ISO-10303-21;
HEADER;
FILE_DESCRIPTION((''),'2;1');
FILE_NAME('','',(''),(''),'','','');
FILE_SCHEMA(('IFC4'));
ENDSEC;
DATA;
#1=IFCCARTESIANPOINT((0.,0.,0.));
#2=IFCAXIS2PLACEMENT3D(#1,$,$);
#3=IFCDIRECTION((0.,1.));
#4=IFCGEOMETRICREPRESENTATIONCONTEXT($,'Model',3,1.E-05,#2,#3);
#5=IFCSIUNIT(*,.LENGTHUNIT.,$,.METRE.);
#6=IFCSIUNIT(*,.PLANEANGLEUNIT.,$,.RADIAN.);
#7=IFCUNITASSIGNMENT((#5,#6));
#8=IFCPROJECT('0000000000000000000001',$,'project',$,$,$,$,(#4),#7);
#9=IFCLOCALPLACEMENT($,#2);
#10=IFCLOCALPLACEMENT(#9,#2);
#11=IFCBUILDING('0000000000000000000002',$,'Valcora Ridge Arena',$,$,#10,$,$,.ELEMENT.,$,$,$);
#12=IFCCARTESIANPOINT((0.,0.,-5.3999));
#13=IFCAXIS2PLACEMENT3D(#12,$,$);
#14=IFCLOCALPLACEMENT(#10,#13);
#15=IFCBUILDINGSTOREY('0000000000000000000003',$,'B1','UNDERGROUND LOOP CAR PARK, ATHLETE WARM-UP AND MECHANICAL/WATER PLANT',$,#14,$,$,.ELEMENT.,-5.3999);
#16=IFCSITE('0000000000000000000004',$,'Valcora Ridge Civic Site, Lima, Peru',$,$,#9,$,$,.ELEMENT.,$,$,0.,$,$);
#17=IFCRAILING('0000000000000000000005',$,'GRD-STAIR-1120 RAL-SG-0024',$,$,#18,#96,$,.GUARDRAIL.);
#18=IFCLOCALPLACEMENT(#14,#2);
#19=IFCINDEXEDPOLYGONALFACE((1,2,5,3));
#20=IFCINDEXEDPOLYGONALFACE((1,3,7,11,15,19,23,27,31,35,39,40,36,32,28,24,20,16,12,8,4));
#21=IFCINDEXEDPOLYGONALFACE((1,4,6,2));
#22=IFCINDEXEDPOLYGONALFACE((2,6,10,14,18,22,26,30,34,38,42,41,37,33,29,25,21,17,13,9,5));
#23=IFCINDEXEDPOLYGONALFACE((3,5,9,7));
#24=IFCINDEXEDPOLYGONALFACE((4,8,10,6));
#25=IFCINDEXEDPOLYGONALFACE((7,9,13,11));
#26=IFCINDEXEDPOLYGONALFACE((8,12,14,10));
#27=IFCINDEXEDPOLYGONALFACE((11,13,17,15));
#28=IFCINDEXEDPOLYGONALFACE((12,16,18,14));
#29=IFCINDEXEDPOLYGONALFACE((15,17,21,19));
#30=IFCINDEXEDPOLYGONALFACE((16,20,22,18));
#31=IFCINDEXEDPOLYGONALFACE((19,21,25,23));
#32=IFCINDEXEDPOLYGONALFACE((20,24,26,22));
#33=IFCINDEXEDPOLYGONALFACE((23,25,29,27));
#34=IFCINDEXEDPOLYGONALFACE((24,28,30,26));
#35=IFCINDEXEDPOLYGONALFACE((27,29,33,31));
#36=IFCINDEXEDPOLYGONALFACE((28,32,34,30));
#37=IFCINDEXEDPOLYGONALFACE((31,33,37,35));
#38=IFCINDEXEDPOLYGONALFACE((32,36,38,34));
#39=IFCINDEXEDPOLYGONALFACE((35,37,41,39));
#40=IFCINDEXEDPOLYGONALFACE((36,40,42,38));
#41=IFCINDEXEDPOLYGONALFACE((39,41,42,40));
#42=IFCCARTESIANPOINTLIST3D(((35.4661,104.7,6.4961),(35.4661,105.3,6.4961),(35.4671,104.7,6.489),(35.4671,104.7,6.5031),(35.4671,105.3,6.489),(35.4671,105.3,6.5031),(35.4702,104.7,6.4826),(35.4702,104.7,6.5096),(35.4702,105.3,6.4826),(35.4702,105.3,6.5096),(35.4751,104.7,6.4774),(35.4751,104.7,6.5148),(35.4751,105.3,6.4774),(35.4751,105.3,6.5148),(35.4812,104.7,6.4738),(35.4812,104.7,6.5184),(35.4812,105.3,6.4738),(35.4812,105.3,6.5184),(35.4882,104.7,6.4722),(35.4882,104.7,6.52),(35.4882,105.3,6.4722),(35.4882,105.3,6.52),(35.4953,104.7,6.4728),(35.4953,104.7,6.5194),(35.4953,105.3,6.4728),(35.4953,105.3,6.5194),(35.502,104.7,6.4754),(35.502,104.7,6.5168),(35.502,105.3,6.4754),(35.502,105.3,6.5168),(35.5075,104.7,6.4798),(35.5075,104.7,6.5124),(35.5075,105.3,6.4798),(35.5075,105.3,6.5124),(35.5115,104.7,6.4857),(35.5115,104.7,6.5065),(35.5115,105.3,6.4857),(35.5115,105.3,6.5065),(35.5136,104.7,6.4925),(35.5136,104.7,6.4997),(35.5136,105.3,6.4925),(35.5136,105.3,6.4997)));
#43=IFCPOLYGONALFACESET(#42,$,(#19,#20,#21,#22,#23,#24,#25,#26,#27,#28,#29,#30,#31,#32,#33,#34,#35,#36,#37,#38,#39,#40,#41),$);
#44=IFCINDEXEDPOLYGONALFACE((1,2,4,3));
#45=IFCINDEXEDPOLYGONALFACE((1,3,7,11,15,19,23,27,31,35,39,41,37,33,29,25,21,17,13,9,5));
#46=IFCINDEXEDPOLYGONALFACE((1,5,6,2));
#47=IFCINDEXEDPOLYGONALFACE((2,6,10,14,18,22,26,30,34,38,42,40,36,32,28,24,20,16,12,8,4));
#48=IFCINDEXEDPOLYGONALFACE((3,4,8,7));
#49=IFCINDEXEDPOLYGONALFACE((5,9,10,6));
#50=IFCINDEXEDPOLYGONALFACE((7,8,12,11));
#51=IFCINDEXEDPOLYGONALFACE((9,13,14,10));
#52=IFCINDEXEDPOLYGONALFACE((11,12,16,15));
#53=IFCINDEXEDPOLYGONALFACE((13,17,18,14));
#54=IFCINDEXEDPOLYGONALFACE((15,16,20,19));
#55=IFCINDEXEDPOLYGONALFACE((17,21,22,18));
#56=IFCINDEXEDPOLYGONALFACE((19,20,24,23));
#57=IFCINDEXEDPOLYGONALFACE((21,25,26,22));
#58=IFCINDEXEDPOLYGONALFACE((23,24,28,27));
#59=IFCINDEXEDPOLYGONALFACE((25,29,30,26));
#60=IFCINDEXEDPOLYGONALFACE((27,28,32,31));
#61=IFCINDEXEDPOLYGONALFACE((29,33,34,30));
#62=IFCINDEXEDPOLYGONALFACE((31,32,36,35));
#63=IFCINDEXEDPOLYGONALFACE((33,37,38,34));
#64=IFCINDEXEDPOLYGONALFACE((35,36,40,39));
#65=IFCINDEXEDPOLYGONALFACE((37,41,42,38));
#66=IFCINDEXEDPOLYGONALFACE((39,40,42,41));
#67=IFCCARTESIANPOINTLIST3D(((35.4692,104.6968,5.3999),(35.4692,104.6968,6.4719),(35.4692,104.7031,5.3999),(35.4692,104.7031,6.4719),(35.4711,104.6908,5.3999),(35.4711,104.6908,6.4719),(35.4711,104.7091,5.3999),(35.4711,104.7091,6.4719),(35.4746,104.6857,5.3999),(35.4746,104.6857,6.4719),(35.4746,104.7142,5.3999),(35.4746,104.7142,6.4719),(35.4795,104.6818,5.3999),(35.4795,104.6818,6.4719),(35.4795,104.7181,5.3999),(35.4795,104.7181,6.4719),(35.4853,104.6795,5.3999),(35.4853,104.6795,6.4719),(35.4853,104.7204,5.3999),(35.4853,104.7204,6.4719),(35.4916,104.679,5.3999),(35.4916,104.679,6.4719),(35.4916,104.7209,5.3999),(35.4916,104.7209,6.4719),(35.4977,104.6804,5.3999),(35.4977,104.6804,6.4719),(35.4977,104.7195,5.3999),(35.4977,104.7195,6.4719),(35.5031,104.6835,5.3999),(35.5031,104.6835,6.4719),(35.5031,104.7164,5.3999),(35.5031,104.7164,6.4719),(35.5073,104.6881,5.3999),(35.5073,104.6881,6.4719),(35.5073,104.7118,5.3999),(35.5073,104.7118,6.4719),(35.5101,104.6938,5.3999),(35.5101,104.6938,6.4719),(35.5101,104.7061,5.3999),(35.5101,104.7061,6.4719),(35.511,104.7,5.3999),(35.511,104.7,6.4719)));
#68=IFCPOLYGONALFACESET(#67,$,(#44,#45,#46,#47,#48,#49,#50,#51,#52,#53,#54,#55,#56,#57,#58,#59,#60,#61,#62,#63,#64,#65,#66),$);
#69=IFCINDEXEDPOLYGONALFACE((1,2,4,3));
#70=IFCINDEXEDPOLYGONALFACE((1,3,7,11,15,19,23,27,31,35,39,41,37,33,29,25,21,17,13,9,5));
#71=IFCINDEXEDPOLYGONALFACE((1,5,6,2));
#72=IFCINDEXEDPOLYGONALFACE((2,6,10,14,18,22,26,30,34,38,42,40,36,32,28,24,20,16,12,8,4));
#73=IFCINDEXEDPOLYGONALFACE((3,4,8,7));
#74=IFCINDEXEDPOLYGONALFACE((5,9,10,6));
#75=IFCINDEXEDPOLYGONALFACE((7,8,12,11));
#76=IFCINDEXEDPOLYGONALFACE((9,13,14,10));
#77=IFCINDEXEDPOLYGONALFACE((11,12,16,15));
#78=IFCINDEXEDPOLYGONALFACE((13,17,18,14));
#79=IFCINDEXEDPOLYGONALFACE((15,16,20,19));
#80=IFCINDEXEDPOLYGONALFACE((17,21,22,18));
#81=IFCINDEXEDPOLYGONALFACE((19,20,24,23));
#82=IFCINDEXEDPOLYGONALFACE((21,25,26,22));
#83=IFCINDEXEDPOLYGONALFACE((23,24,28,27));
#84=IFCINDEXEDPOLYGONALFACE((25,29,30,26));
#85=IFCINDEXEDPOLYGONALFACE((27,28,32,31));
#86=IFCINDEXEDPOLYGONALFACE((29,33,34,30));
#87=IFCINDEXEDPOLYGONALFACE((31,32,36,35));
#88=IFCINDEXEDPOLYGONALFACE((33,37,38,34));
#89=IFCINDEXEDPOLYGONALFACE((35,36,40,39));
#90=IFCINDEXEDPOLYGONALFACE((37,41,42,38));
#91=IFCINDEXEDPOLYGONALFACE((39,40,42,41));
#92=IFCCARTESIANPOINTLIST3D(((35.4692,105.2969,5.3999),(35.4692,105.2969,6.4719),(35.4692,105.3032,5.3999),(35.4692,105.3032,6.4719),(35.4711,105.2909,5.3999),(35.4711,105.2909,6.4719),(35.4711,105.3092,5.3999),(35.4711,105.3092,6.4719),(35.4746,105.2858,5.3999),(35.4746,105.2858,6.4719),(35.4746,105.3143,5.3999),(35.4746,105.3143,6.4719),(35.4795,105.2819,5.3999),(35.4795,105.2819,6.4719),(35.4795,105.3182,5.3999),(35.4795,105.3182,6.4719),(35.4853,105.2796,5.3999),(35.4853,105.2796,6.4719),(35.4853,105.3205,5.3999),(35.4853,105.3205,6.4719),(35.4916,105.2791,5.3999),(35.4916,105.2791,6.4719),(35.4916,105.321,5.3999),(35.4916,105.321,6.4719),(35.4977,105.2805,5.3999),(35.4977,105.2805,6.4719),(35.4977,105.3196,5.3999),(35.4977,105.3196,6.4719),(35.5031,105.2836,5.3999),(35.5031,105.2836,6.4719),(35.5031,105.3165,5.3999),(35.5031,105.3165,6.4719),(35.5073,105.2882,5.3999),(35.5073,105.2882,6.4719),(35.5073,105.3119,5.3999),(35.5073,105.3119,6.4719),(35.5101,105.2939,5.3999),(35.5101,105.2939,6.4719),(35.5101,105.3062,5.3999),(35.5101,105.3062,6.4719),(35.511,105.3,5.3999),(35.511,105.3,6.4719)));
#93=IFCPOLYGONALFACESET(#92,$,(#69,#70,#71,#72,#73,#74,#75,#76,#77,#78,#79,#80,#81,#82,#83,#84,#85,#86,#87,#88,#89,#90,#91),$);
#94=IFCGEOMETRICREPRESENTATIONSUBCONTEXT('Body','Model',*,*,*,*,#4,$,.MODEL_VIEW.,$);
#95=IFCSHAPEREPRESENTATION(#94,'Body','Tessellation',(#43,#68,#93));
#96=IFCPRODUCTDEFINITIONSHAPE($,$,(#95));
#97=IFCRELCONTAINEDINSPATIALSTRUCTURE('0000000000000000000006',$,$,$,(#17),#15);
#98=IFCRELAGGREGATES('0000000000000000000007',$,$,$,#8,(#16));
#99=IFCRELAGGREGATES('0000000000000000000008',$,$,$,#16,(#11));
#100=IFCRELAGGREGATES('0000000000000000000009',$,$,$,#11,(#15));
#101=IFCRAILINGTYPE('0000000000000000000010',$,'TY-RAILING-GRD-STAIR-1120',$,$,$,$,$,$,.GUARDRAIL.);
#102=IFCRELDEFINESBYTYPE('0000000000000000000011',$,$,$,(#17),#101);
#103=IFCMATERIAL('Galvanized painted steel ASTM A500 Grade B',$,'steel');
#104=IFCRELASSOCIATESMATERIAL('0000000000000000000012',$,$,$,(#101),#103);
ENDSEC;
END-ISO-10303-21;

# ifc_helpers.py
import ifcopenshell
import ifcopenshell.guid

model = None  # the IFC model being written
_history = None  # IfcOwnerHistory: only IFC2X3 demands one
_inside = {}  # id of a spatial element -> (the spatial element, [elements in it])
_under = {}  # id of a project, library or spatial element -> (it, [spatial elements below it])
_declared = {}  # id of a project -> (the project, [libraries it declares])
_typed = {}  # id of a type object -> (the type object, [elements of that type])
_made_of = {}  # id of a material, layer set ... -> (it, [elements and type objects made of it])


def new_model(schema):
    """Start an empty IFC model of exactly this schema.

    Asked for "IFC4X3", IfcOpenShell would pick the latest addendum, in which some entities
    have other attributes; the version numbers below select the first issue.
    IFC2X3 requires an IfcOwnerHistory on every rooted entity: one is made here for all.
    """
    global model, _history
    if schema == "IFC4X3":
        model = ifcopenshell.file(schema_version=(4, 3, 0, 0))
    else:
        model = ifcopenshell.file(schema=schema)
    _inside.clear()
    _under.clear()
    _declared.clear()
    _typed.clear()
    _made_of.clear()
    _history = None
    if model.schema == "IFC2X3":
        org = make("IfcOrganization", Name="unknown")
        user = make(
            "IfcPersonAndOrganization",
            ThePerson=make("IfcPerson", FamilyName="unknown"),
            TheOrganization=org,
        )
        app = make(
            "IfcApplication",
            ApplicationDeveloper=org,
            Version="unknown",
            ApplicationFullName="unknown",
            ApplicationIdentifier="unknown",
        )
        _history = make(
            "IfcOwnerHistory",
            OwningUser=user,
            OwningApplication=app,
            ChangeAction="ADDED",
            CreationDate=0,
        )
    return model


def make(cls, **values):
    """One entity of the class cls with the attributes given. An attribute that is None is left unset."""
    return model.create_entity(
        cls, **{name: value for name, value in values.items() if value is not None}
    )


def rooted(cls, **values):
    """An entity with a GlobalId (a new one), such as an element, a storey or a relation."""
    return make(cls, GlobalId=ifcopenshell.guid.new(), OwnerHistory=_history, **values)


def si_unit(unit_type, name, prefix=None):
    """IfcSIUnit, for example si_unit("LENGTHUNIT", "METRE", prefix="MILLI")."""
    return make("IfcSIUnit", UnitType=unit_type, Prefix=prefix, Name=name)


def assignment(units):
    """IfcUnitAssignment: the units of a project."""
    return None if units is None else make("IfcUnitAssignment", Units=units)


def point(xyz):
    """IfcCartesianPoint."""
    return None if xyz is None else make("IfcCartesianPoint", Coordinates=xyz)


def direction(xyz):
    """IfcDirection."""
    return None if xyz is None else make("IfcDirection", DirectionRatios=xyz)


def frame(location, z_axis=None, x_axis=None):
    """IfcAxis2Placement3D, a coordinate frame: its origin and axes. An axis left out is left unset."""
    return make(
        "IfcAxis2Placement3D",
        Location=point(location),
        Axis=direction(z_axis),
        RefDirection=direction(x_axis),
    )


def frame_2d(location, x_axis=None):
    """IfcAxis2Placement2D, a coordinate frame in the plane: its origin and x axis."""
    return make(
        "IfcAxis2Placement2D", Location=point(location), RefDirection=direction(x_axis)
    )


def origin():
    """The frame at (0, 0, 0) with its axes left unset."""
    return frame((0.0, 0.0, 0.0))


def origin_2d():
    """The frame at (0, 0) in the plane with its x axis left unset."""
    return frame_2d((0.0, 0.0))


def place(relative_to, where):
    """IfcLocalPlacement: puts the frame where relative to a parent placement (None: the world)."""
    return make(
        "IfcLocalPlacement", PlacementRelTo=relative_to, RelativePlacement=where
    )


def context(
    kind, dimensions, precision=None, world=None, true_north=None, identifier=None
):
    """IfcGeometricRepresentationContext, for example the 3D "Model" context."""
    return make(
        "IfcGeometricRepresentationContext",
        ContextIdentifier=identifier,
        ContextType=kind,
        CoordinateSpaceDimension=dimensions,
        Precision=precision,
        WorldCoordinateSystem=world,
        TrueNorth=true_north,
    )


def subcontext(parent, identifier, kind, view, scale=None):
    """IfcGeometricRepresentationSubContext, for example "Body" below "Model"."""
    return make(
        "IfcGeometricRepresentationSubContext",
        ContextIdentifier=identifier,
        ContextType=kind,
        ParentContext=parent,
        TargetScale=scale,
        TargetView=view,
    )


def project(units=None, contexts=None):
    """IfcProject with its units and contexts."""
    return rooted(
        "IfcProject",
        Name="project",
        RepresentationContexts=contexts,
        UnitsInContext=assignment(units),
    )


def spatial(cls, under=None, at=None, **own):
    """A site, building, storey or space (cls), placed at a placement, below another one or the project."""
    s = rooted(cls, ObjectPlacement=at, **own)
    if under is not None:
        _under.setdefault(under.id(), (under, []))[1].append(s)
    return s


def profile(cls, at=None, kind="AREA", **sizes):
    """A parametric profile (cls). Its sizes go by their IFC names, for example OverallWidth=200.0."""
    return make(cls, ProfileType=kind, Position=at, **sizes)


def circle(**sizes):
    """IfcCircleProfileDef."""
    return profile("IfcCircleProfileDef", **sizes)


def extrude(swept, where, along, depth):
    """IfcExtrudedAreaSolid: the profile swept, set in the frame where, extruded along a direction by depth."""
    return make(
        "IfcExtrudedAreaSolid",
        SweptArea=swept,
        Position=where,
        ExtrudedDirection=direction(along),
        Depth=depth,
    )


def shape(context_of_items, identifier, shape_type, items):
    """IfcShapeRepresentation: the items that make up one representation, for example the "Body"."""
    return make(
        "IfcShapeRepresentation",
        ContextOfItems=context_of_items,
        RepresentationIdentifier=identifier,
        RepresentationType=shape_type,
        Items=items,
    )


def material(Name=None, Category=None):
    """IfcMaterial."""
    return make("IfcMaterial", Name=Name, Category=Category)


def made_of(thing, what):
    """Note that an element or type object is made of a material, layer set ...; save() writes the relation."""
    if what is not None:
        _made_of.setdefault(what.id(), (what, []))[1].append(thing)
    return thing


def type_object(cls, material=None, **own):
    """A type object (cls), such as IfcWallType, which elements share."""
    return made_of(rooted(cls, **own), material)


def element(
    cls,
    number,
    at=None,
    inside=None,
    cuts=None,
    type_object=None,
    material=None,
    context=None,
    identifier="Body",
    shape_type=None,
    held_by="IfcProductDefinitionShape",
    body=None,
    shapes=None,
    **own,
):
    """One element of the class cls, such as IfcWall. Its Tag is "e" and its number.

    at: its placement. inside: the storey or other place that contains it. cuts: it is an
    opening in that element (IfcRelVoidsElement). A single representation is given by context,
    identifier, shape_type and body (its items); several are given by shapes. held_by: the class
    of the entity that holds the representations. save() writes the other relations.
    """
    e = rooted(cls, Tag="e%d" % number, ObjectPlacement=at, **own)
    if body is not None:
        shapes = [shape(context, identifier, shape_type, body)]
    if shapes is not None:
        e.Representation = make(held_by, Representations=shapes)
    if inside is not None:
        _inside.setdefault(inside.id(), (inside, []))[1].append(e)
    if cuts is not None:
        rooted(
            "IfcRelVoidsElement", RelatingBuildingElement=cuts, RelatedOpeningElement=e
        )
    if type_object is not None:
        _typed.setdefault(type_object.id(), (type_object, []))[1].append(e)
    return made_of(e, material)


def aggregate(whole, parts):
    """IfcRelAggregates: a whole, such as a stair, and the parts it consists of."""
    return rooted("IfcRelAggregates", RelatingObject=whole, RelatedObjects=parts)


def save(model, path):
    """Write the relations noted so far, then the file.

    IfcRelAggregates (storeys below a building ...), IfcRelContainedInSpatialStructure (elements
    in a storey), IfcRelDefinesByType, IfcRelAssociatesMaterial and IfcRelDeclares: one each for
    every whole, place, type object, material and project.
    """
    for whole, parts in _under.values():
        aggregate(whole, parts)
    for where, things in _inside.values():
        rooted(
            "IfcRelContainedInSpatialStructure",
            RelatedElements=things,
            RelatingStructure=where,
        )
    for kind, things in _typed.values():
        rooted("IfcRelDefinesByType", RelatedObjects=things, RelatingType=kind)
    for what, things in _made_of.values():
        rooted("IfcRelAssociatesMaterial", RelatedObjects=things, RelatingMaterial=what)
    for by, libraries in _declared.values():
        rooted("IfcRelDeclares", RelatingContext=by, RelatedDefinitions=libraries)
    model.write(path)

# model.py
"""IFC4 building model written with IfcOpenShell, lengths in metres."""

from ifc_helpers import new_model, si_unit, direction, frame, origin, origin_2d, place, context, subcontext, project, spatial, circle, extrude, material, type_object, element, save


model = new_model("IFC4")

# Units and contexts
model_context = context("Model", 3, precision=1e-05, world=origin(), true_north=direction((0.0, 1.0)))
body_context = subcontext(model_context, "Body", "Model", "MODEL_VIEW")
ifc_project = project(units=[si_unit("LENGTHUNIT", "METRE"), si_unit("PLANEANGLEUNIT", "RADIAN")], contexts=[model_context])

# Site, building, storey
site_placement = place(None, origin())
site = spatial("IfcSite", under=ifc_project, at=site_placement, Name="Valcora Ridge Civic Site, Lima, Peru", CompositionType="ELEMENT", RefElevation=0.0)
building_placement = place(site_placement, origin())
building = spatial("IfcBuilding", under=site, at=building_placement, Name="Valcora Ridge Arena", CompositionType="ELEMENT")
storey_placement = place(building_placement, frame((0.0, 0.0, -5.3999)))
storey = spatial("IfcBuildingStorey", under=building, at=storey_placement, Name="B1", Description="UNDERGROUND LOOP CAR PARK, ATHLETE WARM-UP AND MECHANICAL/WATER PLANT", CompositionType="ELEMENT", Elevation=-5.3999)

# Railing
ifc_material_1 = material(Name="Galvanized painted steel ASTM A500 Grade B", Category="steel")
railing_type_1 = type_object("IfcRailingType", Name="TY-RAILING-GRD-STAIR-1120", PredefinedType="GUARDRAIL", material=ifc_material_1)
railing_1_placement = place(storey_placement, frame((35.49, 104.7, 5.3999)))
element("IfcRailing", 1, at=railing_1_placement, inside=storey, type_object=railing_type_1, Name="GRD-STAIR-1120 RAL-SG-0024", PredefinedType="GUARDRAIL", context=body_context, shape_type="SweptSolid", body=[
    extrude(circle(Radius=0.0239, at=origin_2d()), frame((0.0, 0.0, 1.0962), z_axis=(0.0, 1.0, 0.0), x_axis=(-1.0, 0.0, 0.0)), (0.0, 0.0, 1.0), 0.6001),
    extrude(circle(Radius=0.021, at=origin_2d()), origin(), (0.0, 0.0, 1.0), 1.072),
    extrude(circle(Radius=0.021, at=origin_2d()), frame((0.0, 0.6001, 0.0)), (0.0, 0.0, 1.0), 1.072),
])

save(model, "model.ifc")
